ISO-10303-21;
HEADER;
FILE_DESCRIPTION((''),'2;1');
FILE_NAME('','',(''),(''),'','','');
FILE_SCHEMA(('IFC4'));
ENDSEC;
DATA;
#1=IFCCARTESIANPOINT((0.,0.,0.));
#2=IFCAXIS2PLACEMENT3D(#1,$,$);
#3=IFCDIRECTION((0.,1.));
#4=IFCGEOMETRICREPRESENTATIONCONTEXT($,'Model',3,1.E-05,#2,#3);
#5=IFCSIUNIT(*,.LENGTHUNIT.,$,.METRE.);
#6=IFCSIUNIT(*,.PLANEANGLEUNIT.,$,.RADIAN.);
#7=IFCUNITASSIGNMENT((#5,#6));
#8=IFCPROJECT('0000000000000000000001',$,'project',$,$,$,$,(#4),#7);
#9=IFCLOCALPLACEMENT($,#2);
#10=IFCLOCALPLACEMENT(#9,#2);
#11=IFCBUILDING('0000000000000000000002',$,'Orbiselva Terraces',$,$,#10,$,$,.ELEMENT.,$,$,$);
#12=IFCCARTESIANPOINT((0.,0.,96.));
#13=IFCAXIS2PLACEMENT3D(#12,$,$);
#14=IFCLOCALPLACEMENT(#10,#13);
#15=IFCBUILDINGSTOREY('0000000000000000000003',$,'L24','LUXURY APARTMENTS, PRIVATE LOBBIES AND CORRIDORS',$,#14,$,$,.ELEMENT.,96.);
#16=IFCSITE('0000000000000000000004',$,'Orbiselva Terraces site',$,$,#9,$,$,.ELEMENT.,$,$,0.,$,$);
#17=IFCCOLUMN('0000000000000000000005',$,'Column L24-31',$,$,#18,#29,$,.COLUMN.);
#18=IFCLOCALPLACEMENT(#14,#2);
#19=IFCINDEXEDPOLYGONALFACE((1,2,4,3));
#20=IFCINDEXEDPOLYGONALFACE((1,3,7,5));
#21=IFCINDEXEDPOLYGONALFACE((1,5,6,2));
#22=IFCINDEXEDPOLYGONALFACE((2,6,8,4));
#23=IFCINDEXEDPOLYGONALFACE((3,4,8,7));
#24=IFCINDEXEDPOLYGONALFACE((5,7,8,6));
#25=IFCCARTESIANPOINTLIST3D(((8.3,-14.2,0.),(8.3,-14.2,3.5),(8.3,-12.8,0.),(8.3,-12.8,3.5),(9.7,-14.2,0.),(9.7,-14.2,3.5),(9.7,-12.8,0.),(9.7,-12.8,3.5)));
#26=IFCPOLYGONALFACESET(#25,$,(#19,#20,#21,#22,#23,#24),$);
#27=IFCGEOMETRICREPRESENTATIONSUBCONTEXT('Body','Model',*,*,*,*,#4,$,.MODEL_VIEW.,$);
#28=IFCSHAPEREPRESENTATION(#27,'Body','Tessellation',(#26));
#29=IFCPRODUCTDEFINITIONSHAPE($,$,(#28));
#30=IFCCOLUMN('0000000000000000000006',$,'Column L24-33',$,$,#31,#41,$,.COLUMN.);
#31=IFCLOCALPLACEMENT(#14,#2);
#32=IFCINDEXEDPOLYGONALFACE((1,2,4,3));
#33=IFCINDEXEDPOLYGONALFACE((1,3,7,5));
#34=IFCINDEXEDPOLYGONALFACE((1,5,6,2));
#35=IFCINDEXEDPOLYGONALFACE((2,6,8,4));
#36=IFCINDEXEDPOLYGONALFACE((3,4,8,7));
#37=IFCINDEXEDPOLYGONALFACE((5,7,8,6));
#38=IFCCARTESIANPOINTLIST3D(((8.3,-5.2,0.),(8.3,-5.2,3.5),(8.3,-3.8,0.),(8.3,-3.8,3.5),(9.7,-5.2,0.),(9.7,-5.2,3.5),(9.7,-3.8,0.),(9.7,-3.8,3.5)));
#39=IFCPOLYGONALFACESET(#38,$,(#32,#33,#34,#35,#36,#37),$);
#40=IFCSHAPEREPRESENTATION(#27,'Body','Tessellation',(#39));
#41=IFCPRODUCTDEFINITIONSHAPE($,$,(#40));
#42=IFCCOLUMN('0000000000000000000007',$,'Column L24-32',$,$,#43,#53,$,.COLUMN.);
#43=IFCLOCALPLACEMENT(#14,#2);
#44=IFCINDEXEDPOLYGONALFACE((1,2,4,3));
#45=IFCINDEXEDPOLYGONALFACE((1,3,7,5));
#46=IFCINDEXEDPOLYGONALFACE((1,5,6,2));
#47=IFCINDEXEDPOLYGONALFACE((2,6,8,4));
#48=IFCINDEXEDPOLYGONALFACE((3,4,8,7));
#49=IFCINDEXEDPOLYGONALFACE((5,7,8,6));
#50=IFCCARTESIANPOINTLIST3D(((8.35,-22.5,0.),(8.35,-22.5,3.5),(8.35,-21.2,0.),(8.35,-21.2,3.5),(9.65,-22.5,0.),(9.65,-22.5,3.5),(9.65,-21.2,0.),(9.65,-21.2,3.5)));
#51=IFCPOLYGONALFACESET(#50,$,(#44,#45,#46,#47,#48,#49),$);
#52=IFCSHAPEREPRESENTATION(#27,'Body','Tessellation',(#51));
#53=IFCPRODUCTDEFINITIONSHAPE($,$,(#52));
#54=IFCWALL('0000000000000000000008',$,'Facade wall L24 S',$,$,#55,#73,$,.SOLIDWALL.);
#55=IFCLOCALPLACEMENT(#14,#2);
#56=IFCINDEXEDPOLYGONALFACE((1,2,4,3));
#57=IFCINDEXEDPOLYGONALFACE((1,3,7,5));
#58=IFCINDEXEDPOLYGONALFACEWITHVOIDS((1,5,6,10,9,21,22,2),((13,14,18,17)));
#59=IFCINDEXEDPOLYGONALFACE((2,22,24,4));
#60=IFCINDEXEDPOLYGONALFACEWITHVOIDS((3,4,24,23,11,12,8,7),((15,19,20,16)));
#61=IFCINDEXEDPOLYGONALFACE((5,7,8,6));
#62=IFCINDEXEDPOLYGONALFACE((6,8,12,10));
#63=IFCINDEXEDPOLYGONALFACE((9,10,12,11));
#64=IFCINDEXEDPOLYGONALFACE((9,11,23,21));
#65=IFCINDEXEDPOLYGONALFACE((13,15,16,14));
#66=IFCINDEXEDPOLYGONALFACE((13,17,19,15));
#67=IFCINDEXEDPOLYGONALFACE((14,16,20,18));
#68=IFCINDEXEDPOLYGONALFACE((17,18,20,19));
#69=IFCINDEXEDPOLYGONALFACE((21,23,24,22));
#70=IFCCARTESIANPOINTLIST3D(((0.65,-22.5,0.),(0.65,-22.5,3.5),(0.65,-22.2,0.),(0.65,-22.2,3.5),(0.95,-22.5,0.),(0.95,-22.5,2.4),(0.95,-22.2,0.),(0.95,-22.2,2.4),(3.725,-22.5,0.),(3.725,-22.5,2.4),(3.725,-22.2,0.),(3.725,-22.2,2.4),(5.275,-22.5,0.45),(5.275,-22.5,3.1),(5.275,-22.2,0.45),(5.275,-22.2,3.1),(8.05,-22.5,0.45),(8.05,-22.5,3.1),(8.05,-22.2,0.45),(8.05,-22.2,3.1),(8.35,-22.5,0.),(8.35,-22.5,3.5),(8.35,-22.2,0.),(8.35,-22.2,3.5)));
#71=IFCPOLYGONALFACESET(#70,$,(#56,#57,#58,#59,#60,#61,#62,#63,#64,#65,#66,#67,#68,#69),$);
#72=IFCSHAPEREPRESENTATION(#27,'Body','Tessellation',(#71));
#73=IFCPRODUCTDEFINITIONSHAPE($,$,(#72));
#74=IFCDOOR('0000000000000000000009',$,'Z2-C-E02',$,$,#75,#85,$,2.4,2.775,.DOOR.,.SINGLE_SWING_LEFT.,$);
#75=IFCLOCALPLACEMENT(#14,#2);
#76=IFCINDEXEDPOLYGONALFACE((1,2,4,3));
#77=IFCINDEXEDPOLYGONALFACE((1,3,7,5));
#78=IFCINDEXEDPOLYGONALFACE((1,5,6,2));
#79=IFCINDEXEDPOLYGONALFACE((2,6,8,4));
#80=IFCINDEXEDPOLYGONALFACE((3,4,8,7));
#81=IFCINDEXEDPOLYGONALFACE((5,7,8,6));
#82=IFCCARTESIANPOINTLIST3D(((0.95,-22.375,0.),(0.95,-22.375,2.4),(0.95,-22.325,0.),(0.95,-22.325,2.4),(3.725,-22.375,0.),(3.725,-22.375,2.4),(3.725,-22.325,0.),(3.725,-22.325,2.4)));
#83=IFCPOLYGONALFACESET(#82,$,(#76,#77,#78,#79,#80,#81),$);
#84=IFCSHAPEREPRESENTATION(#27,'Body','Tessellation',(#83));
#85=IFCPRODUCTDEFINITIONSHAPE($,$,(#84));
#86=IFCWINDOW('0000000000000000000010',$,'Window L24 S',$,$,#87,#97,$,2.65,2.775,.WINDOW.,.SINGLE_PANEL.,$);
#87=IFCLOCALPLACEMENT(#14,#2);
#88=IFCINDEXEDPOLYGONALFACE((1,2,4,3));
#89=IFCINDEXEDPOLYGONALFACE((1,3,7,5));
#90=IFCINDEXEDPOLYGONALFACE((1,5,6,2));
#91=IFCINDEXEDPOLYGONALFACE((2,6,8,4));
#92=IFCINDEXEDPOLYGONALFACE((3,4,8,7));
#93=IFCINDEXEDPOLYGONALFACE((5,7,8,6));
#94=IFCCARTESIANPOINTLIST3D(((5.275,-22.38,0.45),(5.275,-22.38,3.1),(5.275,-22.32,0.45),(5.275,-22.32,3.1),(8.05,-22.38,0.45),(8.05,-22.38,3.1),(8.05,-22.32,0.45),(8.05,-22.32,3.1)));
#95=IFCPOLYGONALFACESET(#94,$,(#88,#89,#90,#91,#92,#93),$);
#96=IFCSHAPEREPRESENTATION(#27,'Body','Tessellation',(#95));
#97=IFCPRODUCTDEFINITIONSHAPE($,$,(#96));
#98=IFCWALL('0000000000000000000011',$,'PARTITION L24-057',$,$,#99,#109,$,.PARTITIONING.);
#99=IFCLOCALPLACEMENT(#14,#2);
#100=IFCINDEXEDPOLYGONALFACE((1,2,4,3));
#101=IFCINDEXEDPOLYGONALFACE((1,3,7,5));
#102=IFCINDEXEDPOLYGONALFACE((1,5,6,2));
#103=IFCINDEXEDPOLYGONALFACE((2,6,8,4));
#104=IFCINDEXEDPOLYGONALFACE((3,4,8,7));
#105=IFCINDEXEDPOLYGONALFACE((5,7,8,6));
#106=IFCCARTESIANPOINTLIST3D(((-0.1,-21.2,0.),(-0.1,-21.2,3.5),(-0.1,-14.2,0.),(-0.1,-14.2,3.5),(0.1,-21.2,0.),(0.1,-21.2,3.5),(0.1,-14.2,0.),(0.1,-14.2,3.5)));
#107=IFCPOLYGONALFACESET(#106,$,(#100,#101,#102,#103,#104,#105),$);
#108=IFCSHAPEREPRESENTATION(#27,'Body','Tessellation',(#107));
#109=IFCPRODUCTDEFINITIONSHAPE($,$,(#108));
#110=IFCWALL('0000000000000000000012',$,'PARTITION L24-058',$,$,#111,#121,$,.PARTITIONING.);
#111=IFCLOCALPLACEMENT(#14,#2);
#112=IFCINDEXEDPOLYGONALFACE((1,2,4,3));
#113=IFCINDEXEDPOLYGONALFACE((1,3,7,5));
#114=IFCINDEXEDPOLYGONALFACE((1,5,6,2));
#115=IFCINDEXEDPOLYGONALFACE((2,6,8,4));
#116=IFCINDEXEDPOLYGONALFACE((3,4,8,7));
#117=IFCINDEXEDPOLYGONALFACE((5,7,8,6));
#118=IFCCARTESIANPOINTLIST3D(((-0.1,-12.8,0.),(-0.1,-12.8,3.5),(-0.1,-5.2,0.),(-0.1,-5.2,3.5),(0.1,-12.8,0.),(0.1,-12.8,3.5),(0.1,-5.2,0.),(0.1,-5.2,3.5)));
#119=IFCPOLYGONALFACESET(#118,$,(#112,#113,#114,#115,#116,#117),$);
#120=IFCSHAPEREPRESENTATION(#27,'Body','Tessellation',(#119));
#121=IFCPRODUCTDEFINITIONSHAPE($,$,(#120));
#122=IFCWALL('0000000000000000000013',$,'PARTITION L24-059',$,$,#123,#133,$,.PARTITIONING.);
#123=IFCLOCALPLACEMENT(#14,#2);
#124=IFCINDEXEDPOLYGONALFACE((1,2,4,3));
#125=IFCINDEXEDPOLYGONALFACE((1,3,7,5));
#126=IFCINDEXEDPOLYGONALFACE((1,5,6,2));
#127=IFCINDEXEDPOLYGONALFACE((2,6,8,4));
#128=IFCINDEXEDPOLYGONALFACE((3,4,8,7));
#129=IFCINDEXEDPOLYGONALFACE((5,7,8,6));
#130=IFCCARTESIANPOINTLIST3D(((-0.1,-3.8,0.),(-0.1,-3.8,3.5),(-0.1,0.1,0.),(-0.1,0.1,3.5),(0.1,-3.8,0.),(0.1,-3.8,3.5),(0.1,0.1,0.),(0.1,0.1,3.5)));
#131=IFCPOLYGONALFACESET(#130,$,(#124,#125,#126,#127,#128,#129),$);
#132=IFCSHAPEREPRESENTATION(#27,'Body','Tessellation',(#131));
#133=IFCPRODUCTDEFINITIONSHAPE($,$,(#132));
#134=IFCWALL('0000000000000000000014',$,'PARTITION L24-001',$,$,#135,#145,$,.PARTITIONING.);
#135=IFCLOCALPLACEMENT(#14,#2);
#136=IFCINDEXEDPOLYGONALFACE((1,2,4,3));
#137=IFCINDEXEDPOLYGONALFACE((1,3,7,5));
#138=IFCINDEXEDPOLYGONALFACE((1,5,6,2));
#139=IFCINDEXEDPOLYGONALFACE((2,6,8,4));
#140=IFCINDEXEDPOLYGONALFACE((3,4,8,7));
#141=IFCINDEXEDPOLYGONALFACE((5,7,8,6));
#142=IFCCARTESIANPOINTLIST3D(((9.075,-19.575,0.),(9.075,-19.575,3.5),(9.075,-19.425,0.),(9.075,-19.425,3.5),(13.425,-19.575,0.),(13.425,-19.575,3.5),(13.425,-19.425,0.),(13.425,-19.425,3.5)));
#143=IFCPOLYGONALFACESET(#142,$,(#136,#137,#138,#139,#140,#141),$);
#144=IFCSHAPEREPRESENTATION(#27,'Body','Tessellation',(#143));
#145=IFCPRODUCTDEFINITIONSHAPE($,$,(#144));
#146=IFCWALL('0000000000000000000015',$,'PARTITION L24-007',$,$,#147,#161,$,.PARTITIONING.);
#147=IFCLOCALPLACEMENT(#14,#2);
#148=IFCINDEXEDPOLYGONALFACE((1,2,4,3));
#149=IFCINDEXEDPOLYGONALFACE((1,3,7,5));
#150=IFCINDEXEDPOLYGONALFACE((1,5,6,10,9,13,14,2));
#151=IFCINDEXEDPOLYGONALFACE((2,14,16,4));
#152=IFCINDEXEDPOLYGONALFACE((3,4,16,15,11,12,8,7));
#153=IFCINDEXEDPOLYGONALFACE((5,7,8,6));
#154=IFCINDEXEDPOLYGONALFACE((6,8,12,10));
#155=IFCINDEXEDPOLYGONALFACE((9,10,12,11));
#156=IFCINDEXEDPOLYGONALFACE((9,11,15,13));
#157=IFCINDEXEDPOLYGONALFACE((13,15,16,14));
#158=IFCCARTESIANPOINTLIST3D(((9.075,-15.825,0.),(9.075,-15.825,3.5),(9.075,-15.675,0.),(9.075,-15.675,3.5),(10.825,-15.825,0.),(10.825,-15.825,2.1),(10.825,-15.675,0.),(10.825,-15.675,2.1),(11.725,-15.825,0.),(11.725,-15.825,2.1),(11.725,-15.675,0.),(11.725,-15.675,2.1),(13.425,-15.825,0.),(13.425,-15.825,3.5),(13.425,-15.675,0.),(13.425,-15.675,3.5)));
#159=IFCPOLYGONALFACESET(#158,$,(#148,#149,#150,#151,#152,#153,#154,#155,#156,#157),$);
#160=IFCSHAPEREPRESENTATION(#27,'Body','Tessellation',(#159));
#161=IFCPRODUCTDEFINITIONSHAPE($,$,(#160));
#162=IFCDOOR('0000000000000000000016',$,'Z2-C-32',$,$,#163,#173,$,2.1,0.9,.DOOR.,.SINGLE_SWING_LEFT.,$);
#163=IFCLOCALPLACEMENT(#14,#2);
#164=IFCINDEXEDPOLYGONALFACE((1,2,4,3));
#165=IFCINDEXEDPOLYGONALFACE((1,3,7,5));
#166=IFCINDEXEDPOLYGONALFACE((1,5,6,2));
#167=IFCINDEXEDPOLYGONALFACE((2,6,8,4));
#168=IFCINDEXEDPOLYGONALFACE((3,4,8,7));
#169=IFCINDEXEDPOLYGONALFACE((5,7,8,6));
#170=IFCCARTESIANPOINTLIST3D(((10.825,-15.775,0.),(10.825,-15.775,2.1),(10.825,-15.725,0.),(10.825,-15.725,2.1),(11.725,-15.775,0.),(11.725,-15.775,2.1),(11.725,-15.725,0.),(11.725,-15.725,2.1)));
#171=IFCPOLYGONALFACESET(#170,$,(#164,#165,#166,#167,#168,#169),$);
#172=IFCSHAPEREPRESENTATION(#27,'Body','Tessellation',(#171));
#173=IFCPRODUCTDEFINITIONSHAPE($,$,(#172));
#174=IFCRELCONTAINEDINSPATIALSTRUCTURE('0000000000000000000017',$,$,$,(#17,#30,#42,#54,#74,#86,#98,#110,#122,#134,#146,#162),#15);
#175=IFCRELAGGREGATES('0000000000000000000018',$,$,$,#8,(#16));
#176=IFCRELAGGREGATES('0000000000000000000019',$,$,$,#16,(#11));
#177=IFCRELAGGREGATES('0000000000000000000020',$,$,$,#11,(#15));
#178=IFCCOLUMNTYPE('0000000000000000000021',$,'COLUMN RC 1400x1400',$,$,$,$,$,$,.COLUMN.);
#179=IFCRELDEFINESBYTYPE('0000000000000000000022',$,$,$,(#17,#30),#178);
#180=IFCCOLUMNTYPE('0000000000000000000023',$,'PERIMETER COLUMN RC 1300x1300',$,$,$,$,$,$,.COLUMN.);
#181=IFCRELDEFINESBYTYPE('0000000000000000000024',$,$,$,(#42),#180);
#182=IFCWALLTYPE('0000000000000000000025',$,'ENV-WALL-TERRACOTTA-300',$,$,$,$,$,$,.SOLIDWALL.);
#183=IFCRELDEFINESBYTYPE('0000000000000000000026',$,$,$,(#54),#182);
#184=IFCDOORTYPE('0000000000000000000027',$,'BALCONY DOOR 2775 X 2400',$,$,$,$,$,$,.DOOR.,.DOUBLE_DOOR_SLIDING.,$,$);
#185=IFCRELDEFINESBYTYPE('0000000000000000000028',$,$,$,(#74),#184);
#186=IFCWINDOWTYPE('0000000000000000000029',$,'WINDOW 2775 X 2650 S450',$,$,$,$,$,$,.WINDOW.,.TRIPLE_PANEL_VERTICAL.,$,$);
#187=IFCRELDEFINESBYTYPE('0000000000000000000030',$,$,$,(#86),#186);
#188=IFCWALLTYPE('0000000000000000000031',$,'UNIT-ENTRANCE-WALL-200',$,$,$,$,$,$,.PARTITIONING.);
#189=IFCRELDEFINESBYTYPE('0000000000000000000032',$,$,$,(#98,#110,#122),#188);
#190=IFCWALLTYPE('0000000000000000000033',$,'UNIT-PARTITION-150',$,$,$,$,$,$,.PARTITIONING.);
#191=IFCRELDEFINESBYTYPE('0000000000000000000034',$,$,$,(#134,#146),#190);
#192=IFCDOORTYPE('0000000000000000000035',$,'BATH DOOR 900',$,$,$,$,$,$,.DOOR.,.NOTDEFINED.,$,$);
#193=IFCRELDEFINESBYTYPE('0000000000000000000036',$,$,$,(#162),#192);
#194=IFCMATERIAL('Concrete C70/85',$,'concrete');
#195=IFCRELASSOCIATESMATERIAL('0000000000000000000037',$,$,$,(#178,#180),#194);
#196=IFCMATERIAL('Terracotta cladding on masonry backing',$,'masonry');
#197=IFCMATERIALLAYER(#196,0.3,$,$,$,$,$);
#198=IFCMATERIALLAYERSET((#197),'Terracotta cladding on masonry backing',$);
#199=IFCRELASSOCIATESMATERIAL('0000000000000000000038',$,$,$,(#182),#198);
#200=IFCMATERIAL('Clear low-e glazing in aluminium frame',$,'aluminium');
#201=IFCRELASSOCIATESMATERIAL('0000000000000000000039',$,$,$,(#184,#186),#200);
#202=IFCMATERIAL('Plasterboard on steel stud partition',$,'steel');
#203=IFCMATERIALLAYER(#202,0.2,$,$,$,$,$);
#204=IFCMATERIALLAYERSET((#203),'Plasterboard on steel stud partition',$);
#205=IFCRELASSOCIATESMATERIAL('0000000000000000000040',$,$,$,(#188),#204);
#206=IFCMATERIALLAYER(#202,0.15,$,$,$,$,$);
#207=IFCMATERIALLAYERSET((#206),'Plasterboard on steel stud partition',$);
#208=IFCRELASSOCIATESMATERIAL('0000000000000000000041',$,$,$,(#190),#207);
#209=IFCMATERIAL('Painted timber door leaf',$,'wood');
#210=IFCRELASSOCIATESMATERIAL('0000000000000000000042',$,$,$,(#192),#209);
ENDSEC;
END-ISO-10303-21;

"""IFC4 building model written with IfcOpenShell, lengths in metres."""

from ifc_helpers import new_model, si_unit, direction, frame, frame_2d, origin, origin_2d, place, context, subcontext, project, spatial, rectangle, extrude, material, layer, layer_set, material_profile, profile_set, type_object, element, fill, save


model = new_model("IFC4")

# Units and contexts
model_context = context("Model", 3, precision=1e-05, world=origin(), true_north=direction((0.0, 1.0)))
body_context = subcontext(model_context, "Body", "Model", "MODEL_VIEW")
ifc_project = project(units=[si_unit("LENGTHUNIT", "METRE"), si_unit("PLANEANGLEUNIT", "RADIAN")], contexts=[model_context])

# Site, building, storey
site_placement = place(None, origin())
site = spatial("IfcSite", under=ifc_project, at=site_placement, Name="Orbiselva Terraces site", CompositionType="ELEMENT", RefElevation=0.0)
building_placement = place(site_placement, origin())
building = spatial("IfcBuilding", under=site, at=building_placement, Name="Orbiselva Terraces", CompositionType="ELEMENT")
storey_placement = place(building_placement, frame((0.0, 0.0, 96.0)))
storey = spatial("IfcBuildingStorey", under=building, at=storey_placement, Name="L24", Description="LUXURY APARTMENTS, PRIVATE LOBBIES AND CORRIDORS", CompositionType="ELEMENT", Elevation=96.0)

# Columns
ifc_material_1 = material(Name="Concrete C70/85", Category="concrete")
ifc_material_profile_1 = material_profile(ifc_material_1, rectangle(XDim=1.4, YDim=1.4, at=origin_2d()), Name="RC 1400x1400")
ifc_profile_set_1 = profile_set([ifc_material_profile_1], Name="Concrete C70/85")
column_type_1 = type_object("IfcColumnType", Name="COLUMN RC 1400x1400", PredefinedType="COLUMN", material=ifc_profile_set_1)
for number, where, z_axis, x_axis, name in (
    (1, (9.0, -13.5, 0.0), (0.0, 0.0, 1.0), (1.0, 0.0, 0.0), "Column L24-31"),
    (2, (9.0, -4.5, 0.0), (0.0, 0.0, 1.0), (1.0, 0.0, 0.0), "Column L24-33"),
):
    element("IfcColumn", number, at=place(storey_placement, frame(where, z_axis=z_axis, x_axis=x_axis)), inside=storey, type_object=column_type_1, Name=name, PredefinedType="COLUMN", context=body_context, shape_type="SweptSolid", body=[
        extrude(rectangle(XDim=1.4, YDim=1.4, at=origin_2d()), origin(), (0.0, 0.0, 1.0), 3.5),
    ])
ifc_material_profile_2 = material_profile(ifc_material_1, rectangle(XDim=1.3, YDim=1.3, at=origin_2d()), Name="RC 1300x1300")
ifc_profile_set_2 = profile_set([ifc_material_profile_2], Name="Concrete C70/85")
column_type_2 = type_object("IfcColumnType", Name="PERIMETER COLUMN RC 1300x1300", PredefinedType="COLUMN", material=ifc_profile_set_2)
column_placement = place(storey_placement, frame((9.0, -21.85, 0.0), z_axis=(0.0, 0.0, 1.0), x_axis=(1.0, 0.0, 0.0)))
element("IfcColumn", 3, at=column_placement, inside=storey, type_object=column_type_2, Name="Column L24-32", PredefinedType="COLUMN", context=body_context, shape_type="SweptSolid", body=[
    extrude(rectangle(XDim=1.3, YDim=1.3, at=origin_2d()), origin(), (0.0, 0.0, 1.0), 3.5),
])

# Wall, openings, door, window
ifc_material_2 = material(Name="Terracotta cladding on masonry backing", Category="masonry")
ifc_layer_1 = layer(ifc_material_2, 0.3)
ifc_layer_set_1 = layer_set([ifc_layer_1], Name="Terracotta cladding on masonry backing")
wall_type_1 = type_object("IfcWallType", Name="ENV-WALL-TERRACOTTA-300", PredefinedType="SOLIDWALL", material=ifc_layer_set_1)
wall_1_placement = place(storey_placement, frame((8.35, -22.35, 0.0), z_axis=(0.0, 0.0, 1.0), x_axis=(-1.0, 0.0, 0.0)))
wall_1 = element("IfcWall", 4, at=wall_1_placement, inside=storey, type_object=wall_type_1, Name="Facade wall L24 S", PredefinedType="SOLIDWALL", context=body_context, shape_type="SweptSolid", body=[
    extrude(rectangle(XDim=7.7, YDim=0.3, at=frame_2d((3.85, 0.0))), origin(), (0.0, 0.0, 1.0), 3.5),
])
opening_1_placement = place(wall_1_placement, frame((4.625, 0.0, 0.0)))
opening_1 = element("IfcOpeningElement", 5, at=opening_1_placement, cuts=wall_1, PredefinedType="OPENING", context=body_context, shape_type="SweptSolid", body=[
    extrude(rectangle(XDim=2.775, YDim=2.4, at=frame_2d((1.3875, 1.2))), frame((0.0, 0.16, 0.0), z_axis=(0.0, -1.0, 0.0), x_axis=(1.0, 0.0, 0.0)), (0.0, 0.0, 1.0), 0.32),
])
opening_2_placement = place(wall_1_placement, frame((0.3, 0.0, 0.45)))
opening_2 = element("IfcOpeningElement", 6, at=opening_2_placement, cuts=wall_1, PredefinedType="OPENING", context=body_context, shape_type="SweptSolid", body=[
    extrude(rectangle(XDim=2.775, YDim=2.65, at=frame_2d((1.3875, 1.325))), frame((0.0, 0.16, 0.0), z_axis=(0.0, -1.0, 0.0), x_axis=(1.0, 0.0, 0.0)), (0.0, 0.0, 1.0), 0.32),
])
ifc_material_3 = material(Name="Clear low-e glazing in aluminium frame", Category="aluminium")
door_type_1 = type_object("IfcDoorType", Name="BALCONY DOOR 2775 X 2400", OperationType="DOUBLE_DOOR_SLIDING", PredefinedType="DOOR", material=ifc_material_3)
door_1_placement = place(opening_1_placement, origin())
door_1 = element("IfcDoor", 7, at=door_1_placement, inside=storey, type_object=door_type_1, Name="Z2-C-E02", OperationType="SINGLE_SWING_LEFT", OverallHeight=2.4, OverallWidth=2.775, PredefinedType="DOOR", context=body_context, shape_type="SweptSolid", body=[
    extrude(rectangle(XDim=2.775, YDim=2.4, at=frame_2d((1.3875, 1.2))), frame((0.0, 0.025, 0.0), z_axis=(0.0, -1.0, 0.0), x_axis=(1.0, 0.0, 0.0)), (0.0, 0.0, 1.0), 0.05),
])
fill(opening_1, door_1)
window_type = type_object("IfcWindowType", Name="WINDOW 2775 X 2650 S450", PartitioningType="TRIPLE_PANEL_VERTICAL", PredefinedType="WINDOW", material=ifc_material_3)
window_placement = place(opening_2_placement, origin())
window = element("IfcWindow", 8, at=window_placement, inside=storey, type_object=window_type, Name="Window L24 S", OverallHeight=2.65, OverallWidth=2.775, PartitioningType="SINGLE_PANEL", PredefinedType="WINDOW", context=body_context, shape_type="SweptSolid", body=[
    extrude(rectangle(XDim=2.775, YDim=2.65, at=frame_2d((1.3875, 1.325))), frame((0.0, 0.03, 0.0), z_axis=(0.0, -1.0, 0.0), x_axis=(1.0, 0.0, 0.0)), (0.0, 0.0, 1.0), 0.06),
])
fill(opening_2, window)

# Walls
ifc_material_4 = material(Name="Plasterboard on steel stud partition", Category="steel")
ifc_layer_2 = layer(ifc_material_4, 0.2)
ifc_layer_set_2 = layer_set([ifc_layer_2], Name="Plasterboard on steel stud partition")
wall_type_2 = type_object("IfcWallType", Name="UNIT-ENTRANCE-WALL-200", PredefinedType="PARTITIONING", material=ifc_layer_set_2)
wall_2_placement = place(storey_placement, frame((0.0, -21.2, 0.0), z_axis=(0.0, 0.0, 1.0), x_axis=(0.0, 1.0, 0.0)))
element("IfcWall", 9, at=wall_2_placement, inside=storey, type_object=wall_type_2, Name="PARTITION L24-057", PredefinedType="PARTITIONING", context=body_context, shape_type="SweptSolid", body=[
    extrude(rectangle(XDim=7.0, YDim=0.2, at=frame_2d((3.5, 0.0))), origin(), (0.0, 0.0, 1.0), 3.5),
])
wall_3_placement = place(storey_placement, frame((0.0, -12.8, 0.0), z_axis=(0.0, 0.0, 1.0), x_axis=(0.0, 1.0, 0.0)))
element("IfcWall", 10, at=wall_3_placement, inside=storey, type_object=wall_type_2, Name="PARTITION L24-058", PredefinedType="PARTITIONING", context=body_context, shape_type="SweptSolid", body=[
    extrude(rectangle(XDim=7.6, YDim=0.2, at=frame_2d((3.8, 0.0))), origin(), (0.0, 0.0, 1.0), 3.5),
])
wall_4_placement = place(storey_placement, frame((0.0, -3.8, 0.0), z_axis=(0.0, 0.0, 1.0), x_axis=(0.0, 1.0, 0.0)))
element("IfcWall", 11, at=wall_4_placement, inside=storey, type_object=wall_type_2, Name="PARTITION L24-059", PredefinedType="PARTITIONING", context=body_context, shape_type="SweptSolid", body=[
    extrude(rectangle(XDim=3.9, YDim=0.2, at=frame_2d((1.95, 0.0))), origin(), (0.0, 0.0, 1.0), 3.5),
])
ifc_layer_3 = layer(ifc_material_4, 0.15)
ifc_layer_set_3 = layer_set([ifc_layer_3], Name="Plasterboard on steel stud partition")
wall_type_3 = type_object("IfcWallType", Name="UNIT-PARTITION-150", PredefinedType="PARTITIONING", material=ifc_layer_set_3)
wall_5_placement = place(storey_placement, frame((9.075, -19.5, 0.0), z_axis=(0.0, 0.0, 1.0), x_axis=(1.0, 0.0, 0.0)))
element("IfcWall", 12, at=wall_5_placement, inside=storey, type_object=wall_type_3, Name="PARTITION L24-001", PredefinedType="PARTITIONING", context=body_context, shape_type="SweptSolid", body=[
    extrude(rectangle(XDim=4.35, YDim=0.15, at=frame_2d((2.175, 0.0))), origin(), (0.0, 0.0, 1.0), 3.5),
])

# Wall, opening, door
wall_6_placement = place(storey_placement, frame((13.425, -15.75, 0.0), z_axis=(0.0, 0.0, 1.0), x_axis=(-1.0, 0.0, 0.0)))
wall_6 = element("IfcWall", 13, at=wall_6_placement, inside=storey, type_object=wall_type_3, Name="PARTITION L24-007", PredefinedType="PARTITIONING", context=body_context, shape_type="SweptSolid", body=[
    extrude(rectangle(XDim=4.35, YDim=0.15, at=frame_2d((2.175, 0.0))), origin(), (0.0, 0.0, 1.0), 3.5),
])
opening_3_placement = place(wall_6_placement, frame((1.7, 0.0, 0.0)))
opening_3 = element("IfcOpeningElement", 14, at=opening_3_placement, cuts=wall_6, PredefinedType="OPENING", context=body_context, shape_type="SweptSolid", body=[
    extrude(rectangle(XDim=0.9, YDim=2.1, at=frame_2d((0.45, 1.05))), frame((0.0, 0.085, 0.0), z_axis=(0.0, -1.0, 0.0), x_axis=(1.0, 0.0, 0.0)), (0.0, 0.0, 1.0), 0.17),
])
ifc_material_5 = material(Name="Painted timber door leaf", Category="wood")
door_type_2 = type_object("IfcDoorType", Name="BATH DOOR 900", OperationType="NOTDEFINED", PredefinedType="DOOR", material=ifc_material_5)
door_2_placement = place(opening_3_placement, origin())
door_2 = element("IfcDoor", 15, at=door_2_placement, inside=storey, type_object=door_type_2, Name="Z2-C-32", OperationType="SINGLE_SWING_LEFT", OverallHeight=2.1, OverallWidth=0.9, PredefinedType="DOOR", context=body_context, shape_type="SweptSolid", body=[
    extrude(rectangle(XDim=0.9, YDim=2.1, at=frame_2d((0.45, 1.05))), frame((0.0, 0.025, 0.0), z_axis=(0.0, -1.0, 0.0), x_axis=(1.0, 0.0, 0.0)), (0.0, 0.0, 1.0), 0.05),
])
fill(opening_3, door_2)

save(model, "model.ifc")
